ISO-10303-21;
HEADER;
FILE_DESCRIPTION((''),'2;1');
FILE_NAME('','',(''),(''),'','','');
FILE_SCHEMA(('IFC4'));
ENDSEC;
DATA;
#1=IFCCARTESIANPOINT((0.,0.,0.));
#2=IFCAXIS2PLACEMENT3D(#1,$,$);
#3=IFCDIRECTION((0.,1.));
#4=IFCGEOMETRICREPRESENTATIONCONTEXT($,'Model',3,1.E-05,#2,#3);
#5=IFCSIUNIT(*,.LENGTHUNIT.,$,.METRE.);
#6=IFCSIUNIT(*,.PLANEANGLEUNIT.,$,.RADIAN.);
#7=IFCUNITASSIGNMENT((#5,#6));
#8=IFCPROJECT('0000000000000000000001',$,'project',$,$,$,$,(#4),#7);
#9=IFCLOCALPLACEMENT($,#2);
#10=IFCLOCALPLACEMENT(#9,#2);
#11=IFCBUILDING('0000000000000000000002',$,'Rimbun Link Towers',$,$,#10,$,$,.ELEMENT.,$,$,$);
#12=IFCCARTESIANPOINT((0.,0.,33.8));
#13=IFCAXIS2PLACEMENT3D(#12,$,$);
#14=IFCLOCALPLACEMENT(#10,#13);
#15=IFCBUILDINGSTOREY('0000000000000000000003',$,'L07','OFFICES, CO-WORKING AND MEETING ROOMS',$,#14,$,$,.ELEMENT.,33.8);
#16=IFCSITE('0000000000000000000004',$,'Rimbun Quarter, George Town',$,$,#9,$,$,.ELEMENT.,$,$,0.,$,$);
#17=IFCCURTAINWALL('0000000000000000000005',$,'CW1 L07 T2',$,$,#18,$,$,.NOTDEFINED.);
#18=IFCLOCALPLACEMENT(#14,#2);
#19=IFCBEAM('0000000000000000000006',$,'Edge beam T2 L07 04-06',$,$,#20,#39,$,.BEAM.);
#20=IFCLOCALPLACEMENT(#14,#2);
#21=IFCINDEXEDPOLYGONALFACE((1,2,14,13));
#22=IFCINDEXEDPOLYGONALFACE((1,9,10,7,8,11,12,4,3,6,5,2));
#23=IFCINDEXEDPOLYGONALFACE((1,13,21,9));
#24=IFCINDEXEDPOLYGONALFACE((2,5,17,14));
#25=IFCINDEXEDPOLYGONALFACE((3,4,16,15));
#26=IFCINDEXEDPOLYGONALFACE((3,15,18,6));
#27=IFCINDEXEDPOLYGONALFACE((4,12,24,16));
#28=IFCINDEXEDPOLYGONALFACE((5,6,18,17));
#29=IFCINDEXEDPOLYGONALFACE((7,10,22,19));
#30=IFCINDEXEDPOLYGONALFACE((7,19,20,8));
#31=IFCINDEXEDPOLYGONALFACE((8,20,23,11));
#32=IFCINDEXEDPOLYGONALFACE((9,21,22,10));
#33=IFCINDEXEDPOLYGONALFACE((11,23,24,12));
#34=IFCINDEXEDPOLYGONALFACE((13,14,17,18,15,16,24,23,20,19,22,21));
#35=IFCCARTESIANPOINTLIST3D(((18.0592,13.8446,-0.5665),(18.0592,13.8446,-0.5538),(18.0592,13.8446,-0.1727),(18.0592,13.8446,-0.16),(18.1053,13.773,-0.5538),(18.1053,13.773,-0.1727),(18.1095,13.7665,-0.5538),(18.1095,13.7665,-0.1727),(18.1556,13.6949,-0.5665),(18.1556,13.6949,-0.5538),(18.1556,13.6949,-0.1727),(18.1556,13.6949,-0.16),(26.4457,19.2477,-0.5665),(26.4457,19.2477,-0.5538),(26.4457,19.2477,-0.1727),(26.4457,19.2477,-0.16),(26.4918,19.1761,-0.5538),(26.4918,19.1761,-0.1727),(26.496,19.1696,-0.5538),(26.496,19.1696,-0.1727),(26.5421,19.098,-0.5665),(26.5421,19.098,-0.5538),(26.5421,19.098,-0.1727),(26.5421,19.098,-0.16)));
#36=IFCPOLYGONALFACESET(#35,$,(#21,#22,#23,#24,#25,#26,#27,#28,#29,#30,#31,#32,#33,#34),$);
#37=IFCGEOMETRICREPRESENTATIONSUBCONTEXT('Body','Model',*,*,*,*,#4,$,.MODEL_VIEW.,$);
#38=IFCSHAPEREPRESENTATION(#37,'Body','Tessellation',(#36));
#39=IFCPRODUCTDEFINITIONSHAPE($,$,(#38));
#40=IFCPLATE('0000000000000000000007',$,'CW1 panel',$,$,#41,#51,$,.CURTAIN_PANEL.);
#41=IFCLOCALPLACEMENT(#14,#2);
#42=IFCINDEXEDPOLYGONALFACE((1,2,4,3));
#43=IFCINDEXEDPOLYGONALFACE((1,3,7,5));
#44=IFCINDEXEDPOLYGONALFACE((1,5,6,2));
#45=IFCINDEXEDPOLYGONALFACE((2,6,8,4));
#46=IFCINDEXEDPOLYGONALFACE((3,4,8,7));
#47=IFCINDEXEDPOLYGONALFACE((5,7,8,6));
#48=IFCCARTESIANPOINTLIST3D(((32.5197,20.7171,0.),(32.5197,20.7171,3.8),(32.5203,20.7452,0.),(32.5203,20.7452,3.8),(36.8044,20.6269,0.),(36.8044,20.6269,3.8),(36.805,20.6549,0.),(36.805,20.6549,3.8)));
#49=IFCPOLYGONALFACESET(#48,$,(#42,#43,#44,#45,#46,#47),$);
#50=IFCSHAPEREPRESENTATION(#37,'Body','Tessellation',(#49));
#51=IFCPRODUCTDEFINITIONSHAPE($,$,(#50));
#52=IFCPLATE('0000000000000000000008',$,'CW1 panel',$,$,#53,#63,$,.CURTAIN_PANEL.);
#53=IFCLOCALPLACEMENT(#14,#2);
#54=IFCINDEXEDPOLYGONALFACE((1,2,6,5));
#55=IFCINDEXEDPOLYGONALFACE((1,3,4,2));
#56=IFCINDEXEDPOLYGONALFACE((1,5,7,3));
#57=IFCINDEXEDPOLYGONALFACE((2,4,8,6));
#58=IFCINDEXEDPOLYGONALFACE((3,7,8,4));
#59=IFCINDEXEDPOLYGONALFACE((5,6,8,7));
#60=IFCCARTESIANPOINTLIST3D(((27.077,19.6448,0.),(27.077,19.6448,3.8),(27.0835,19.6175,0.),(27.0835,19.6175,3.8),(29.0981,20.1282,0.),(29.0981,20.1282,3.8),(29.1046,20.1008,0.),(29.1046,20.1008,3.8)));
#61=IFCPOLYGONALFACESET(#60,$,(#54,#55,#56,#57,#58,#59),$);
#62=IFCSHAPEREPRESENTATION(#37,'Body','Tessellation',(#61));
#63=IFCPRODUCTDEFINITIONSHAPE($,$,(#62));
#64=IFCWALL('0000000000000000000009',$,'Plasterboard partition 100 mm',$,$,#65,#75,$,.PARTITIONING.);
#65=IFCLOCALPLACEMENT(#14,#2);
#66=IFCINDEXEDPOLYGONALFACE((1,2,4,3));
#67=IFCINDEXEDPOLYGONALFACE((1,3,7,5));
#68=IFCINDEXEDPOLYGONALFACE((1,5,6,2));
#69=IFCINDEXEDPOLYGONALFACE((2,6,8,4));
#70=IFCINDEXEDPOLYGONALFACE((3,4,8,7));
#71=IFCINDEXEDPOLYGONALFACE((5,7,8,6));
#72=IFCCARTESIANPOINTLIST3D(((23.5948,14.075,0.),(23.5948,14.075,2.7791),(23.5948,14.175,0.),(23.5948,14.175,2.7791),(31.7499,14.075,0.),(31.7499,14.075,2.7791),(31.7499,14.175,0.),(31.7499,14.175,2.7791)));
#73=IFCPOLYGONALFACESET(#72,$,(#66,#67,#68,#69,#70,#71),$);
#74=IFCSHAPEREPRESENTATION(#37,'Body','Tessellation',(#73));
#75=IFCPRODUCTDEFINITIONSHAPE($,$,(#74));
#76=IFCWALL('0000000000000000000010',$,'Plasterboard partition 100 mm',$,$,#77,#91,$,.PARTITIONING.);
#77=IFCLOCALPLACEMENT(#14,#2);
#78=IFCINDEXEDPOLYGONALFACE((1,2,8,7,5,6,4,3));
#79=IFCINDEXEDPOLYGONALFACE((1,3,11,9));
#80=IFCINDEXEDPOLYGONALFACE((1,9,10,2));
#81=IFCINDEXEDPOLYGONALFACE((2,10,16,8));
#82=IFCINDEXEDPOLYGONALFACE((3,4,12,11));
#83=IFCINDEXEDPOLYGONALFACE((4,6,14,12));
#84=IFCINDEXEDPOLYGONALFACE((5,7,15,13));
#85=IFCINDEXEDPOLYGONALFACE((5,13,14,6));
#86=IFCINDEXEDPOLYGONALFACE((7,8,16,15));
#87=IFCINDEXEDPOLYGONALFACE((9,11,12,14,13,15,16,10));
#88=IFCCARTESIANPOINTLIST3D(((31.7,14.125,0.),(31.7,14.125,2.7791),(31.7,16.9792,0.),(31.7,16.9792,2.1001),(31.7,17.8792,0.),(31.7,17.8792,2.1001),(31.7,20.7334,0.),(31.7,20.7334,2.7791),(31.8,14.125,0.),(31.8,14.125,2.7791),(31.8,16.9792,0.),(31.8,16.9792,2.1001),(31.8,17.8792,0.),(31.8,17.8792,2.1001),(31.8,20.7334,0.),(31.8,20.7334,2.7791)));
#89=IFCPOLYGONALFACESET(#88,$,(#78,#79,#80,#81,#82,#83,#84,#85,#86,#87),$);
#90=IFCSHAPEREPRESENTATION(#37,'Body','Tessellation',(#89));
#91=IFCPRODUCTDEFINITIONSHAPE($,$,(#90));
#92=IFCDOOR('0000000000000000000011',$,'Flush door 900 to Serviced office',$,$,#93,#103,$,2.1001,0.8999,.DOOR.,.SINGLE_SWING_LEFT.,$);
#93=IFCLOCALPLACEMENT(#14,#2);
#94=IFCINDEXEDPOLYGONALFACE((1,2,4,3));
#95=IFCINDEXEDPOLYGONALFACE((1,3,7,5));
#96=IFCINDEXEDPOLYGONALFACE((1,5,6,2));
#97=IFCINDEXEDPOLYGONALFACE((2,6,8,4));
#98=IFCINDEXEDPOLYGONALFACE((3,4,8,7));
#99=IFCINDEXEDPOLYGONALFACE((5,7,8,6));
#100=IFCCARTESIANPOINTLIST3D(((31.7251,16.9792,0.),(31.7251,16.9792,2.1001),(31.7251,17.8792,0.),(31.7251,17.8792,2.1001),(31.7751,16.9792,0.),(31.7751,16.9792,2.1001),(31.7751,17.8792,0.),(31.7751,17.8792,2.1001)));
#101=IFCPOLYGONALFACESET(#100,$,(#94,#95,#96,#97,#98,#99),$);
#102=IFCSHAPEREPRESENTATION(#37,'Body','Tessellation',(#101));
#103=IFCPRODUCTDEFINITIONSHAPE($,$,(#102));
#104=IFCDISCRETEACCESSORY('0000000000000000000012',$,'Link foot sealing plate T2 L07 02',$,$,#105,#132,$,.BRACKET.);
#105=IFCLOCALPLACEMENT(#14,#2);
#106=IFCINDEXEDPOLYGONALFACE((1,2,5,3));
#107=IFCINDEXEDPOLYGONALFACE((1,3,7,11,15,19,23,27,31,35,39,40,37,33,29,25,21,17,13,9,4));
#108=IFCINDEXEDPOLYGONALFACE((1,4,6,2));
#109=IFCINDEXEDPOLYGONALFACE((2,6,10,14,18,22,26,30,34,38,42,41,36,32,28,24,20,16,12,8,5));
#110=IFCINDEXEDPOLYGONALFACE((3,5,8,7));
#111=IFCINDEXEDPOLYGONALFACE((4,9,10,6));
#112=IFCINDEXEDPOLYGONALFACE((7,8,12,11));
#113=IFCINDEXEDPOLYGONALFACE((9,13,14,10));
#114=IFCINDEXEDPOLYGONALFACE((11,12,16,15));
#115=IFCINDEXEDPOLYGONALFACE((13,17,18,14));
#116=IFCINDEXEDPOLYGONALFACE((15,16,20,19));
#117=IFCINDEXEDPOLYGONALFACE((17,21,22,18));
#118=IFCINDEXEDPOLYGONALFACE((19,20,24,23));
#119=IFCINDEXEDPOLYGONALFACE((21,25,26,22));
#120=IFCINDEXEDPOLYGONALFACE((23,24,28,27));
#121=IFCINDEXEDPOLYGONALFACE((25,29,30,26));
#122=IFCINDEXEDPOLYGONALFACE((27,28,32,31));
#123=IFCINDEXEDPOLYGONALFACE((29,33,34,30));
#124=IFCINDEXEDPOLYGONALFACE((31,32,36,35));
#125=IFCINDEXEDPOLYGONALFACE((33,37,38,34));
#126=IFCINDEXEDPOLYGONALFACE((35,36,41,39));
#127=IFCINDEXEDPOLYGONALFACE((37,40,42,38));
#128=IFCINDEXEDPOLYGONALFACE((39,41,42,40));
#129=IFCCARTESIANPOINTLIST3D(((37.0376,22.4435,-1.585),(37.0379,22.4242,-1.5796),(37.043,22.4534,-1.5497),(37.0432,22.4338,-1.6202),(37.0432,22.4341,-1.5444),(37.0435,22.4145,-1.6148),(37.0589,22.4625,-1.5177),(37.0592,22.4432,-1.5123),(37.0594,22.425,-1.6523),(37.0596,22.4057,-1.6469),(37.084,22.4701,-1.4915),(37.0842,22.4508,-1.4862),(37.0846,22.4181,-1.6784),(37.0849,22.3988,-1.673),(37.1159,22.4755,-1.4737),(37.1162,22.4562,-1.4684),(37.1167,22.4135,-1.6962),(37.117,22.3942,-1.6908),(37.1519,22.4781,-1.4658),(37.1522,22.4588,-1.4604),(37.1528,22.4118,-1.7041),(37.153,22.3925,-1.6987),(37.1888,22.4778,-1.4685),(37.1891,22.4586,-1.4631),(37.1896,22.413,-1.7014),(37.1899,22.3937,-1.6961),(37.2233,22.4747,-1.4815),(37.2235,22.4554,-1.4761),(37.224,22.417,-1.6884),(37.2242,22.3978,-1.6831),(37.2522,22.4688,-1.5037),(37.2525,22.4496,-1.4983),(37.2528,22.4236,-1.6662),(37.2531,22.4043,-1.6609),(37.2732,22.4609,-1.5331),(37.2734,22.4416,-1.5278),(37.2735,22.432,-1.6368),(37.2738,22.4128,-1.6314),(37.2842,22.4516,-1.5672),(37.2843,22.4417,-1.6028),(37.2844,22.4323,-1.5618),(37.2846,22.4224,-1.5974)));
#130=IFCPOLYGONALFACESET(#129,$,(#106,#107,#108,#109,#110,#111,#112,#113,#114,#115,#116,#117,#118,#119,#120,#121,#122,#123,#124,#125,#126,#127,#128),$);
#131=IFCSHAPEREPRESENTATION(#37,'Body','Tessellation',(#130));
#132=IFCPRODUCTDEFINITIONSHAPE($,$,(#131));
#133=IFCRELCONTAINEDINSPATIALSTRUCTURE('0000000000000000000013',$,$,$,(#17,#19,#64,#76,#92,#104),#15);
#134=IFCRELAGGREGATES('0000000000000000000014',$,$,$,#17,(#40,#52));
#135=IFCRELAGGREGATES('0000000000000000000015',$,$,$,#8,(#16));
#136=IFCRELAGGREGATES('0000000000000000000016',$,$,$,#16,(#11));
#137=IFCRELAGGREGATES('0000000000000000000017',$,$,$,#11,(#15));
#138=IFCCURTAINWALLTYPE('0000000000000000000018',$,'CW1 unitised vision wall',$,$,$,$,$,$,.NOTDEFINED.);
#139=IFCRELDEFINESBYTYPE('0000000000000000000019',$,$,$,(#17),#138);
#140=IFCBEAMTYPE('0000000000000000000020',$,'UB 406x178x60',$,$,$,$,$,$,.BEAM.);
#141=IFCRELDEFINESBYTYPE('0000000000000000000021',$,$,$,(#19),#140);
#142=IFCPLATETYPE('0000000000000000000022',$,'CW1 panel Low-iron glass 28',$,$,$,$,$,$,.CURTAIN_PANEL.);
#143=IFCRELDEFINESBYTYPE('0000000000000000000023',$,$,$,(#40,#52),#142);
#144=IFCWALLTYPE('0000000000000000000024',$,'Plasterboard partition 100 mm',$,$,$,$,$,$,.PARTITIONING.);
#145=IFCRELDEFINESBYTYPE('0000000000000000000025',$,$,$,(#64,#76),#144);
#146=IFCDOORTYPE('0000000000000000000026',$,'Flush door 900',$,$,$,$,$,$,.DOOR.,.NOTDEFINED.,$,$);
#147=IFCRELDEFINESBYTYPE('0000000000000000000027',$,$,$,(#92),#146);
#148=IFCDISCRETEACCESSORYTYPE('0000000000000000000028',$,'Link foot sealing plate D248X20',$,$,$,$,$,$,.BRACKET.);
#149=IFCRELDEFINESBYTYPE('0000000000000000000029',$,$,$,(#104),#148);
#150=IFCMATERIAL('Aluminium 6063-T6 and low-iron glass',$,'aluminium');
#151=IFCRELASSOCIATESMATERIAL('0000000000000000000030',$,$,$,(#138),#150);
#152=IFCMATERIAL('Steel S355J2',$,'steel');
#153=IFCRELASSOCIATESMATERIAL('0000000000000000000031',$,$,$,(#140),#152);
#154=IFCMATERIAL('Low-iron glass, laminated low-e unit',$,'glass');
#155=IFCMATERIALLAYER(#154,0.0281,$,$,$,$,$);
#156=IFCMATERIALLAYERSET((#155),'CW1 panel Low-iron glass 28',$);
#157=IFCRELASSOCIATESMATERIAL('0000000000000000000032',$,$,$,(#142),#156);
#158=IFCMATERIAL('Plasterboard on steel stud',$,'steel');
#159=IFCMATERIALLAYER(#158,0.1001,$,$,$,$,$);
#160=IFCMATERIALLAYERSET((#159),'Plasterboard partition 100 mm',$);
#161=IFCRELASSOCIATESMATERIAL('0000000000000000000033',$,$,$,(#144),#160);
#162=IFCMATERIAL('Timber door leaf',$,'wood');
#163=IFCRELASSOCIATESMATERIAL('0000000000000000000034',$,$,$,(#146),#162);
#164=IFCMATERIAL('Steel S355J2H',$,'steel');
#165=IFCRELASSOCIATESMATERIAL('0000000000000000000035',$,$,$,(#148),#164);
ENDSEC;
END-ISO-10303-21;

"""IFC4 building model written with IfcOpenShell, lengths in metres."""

from ifc_helpers import new_model, si_unit, direction, frame, frame_2d, origin, origin_2d, place, context, subcontext, project, spatial, rectangle, circle, i_section, extrude, material, layer, layer_set, material_profile, profile_set, type_object, element, fill, aggregate, save


model = new_model("IFC4")

# Units and contexts
model_context = context("Model", 3, precision=1e-05, world=origin(), true_north=direction((0.0, 1.0)))
body_context = subcontext(model_context, "Body", "Model", "MODEL_VIEW")
ifc_project = project(units=[si_unit("LENGTHUNIT", "METRE"), si_unit("PLANEANGLEUNIT", "RADIAN")], contexts=[model_context])

# Site, building, storey
site_placement = place(None, origin())
site = spatial("IfcSite", under=ifc_project, at=site_placement, Name="Rimbun Quarter, George Town", CompositionType="ELEMENT", RefElevation=0.0)
building_placement = place(site_placement, origin())
building = spatial("IfcBuilding", under=site, at=building_placement, Name="Rimbun Link Towers", CompositionType="ELEMENT")
storey_placement = place(building_placement, frame((0.0, 0.0, 33.8)))
storey = spatial("IfcBuildingStorey", under=building, at=storey_placement, Name="L07", Description="OFFICES, CO-WORKING AND MEETING ROOMS", CompositionType="ELEMENT", Elevation=33.8)

# Curtain wall
ifc_material_1 = material(Name="Aluminium 6063-T6 and low-iron glass", Category="aluminium")
curtain_wall_type = type_object("IfcCurtainWallType", Name="CW1 unitised vision wall", PredefinedType="NOTDEFINED", material=ifc_material_1)
curtain_wall_placement = place(storey_placement, origin())
curtain_wall = element("IfcCurtainWall", 1, at=curtain_wall_placement, inside=storey, type_object=curtain_wall_type, Name="CW1 L07 T2", PredefinedType="NOTDEFINED")

# Beam
ifc_material_2 = material(Name="Steel S355J2", Category="steel")
ifc_material_profile_1 = material_profile(ifc_material_2, i_section(OverallWidth=0.178, OverallDepth=0.4065, WebThickness=0.0078, FlangeThickness=0.0127, at=origin_2d()), Name="UB 406x178x60")
ifc_profile_set_1 = profile_set([ifc_material_profile_1], Name="Steel S355J2")
beam_type = type_object("IfcBeamType", Name="UB 406x178x60", PredefinedType="BEAM", material=ifc_profile_set_1)
beam_placement = place(storey_placement, frame((26.4939, 19.1729, -0.3633), z_axis=(-0.840641, -0.541592, 0.0), x_axis=(0.541592, -0.840641, 0.0)))
element("IfcBeam", 2, at=beam_placement, inside=storey, type_object=beam_type, Name="Edge beam T2 L07 04-06", PredefinedType="BEAM", context=body_context, shape_type="SweptSolid", body=[
    extrude(i_section(OverallWidth=0.178, OverallDepth=0.4065, WebThickness=0.0078, FlangeThickness=0.0127, at=origin_2d()), origin(), (0.0, 0.0, 1.0), 9.9763),
])

# Plates
ifc_material_3 = material(Name="Low-iron glass, laminated low-e unit", Category="glass")
ifc_layer_1 = layer(ifc_material_3, 0.0281)
ifc_layer_set_1 = layer_set([ifc_layer_1], Name="CW1 panel Low-iron glass 28")
plate_type = type_object("IfcPlateType", Name="CW1 panel Low-iron glass 28", PredefinedType="CURTAIN_PANEL", material=ifc_layer_set_1)
plate_1_placement = place(storey_placement, frame((34.6624, 20.686, 0.0), z_axis=(0.0, 0.0, 1.0), x_axis=(0.999778, -0.021066, 0.0)))
plate_1 = element("IfcPlate", 3, at=plate_1_placement, type_object=plate_type, Name="CW1 panel", PredefinedType="CURTAIN_PANEL", context=body_context, shape_type="SweptSolid", body=[
    extrude(rectangle(XDim=4.2856, YDim=0.0281, at=origin_2d()), origin(), (0.0, 0.0, 1.0), 3.8),
])
plate_2_placement = place(storey_placement, frame((28.0908, 19.8728, 0.0), z_axis=(0.0, 0.0, 1.0), x_axis=(0.972569, 0.232613, 0.0)))
plate_2 = element("IfcPlate", 4, at=plate_2_placement, type_object=plate_type, Name="CW1 panel", PredefinedType="CURTAIN_PANEL", context=body_context, shape_type="SweptSolid", body=[
    extrude(rectangle(XDim=2.0781, YDim=0.0281, at=origin_2d()), origin(), (0.0, 0.0, 1.0), 3.8),
])
aggregate(curtain_wall, [plate_1, plate_2])

# Wall
ifc_material_4 = material(Name="Plasterboard on steel stud", Category="steel")
ifc_layer_2 = layer(ifc_material_4, 0.1001)
ifc_layer_set_2 = layer_set([ifc_layer_2], Name="Plasterboard partition 100 mm")
wall_type = type_object("IfcWallType", Name="Plasterboard partition 100 mm", PredefinedType="PARTITIONING", material=ifc_layer_set_2)
wall_1_placement = place(storey_placement, frame((31.75, 14.125, 0.0), z_axis=(0.0, 0.0, 1.0), x_axis=(-1.0, 0.0, 0.0)))
element("IfcWall", 5, at=wall_1_placement, inside=storey, type_object=wall_type, Name="Plasterboard partition 100 mm", PredefinedType="PARTITIONING", context=body_context, shape_type="SweptSolid", body=[
    extrude(rectangle(XDim=8.155, YDim=0.1001, at=frame_2d((4.0776, 0.0))), origin(), (0.0, 0.0, 1.0), 2.7791),
])

# Wall, opening, door
wall_2_placement = place(storey_placement, frame((31.75, 14.125, 0.0), z_axis=(0.0, 0.0, 1.0), x_axis=(0.0, 1.0, 0.0)))
wall_2 = element("IfcWall", 6, at=wall_2_placement, inside=storey, type_object=wall_type, Name="Plasterboard partition 100 mm", PredefinedType="PARTITIONING", context=body_context, shape_type="SweptSolid", body=[
    extrude(rectangle(XDim=6.6084, YDim=0.1001, at=frame_2d((3.3042, 0.0))), origin(), (0.0, 0.0, 1.0), 2.7791),
])
opening_placement = place(wall_2_placement, frame((2.8542, 0.0, 0.0)))
opening = element("IfcOpeningElement", 7, at=opening_placement, cuts=wall_2, PredefinedType="OPENING", context=body_context, shape_type="SweptSolid", body=[
    extrude(rectangle(XDim=0.8999, YDim=2.1001, at=frame_2d((0.45, 1.05))), frame((0.0, 0.0601, 0.0), z_axis=(0.0, -1.0, 0.0), x_axis=(1.0, 0.0, 0.0)), (0.0, 0.0, 1.0), 0.1201),
])
ifc_material_5 = material(Name="Timber door leaf", Category="wood")
door_type = type_object("IfcDoorType", Name="Flush door 900", OperationType="NOTDEFINED", PredefinedType="DOOR", material=ifc_material_5)
door_placement = place(opening_placement, origin())
door = element("IfcDoor", 8, at=door_placement, inside=storey, type_object=door_type, Name="Flush door 900 to Serviced office", OperationType="SINGLE_SWING_LEFT", OverallHeight=2.1001, OverallWidth=0.8999, PredefinedType="DOOR", context=body_context, shape_type="SweptSolid", body=[
    extrude(rectangle(XDim=0.8999, YDim=2.1001, at=frame_2d((0.45, 1.05))), frame((0.0, 0.0249, 0.0), z_axis=(0.0, -1.0, 0.0), x_axis=(1.0, 0.0, 0.0)), (0.0, 0.0, 1.0), 0.05),
])
fill(opening, door)

# Discrete accessory
ifc_material_6 = material(Name="Steel S355J2H", Category="steel")
ifc_material_profile_2 = material_profile(ifc_material_6, circle(Radius=0.124, at=origin_2d()), Name="PL D248")
ifc_profile_set_2 = profile_set([ifc_material_profile_2], Name="Steel S355J2H")
discrete_accessory_type = type_object("IfcDiscreteAccessoryType", Name="Link foot sealing plate D248X20", PredefinedType="BRACKET", material=ifc_profile_set_2)
discrete_accessory_placement = place(storey_placement, frame((37.1619, 22.4258, -1.5796), z_axis=(-0.012193, 0.963271, -0.268253), x_axis=(-0.99992, -0.012657, 0.0)))
element("IfcDiscreteAccessory", 9, at=discrete_accessory_placement, inside=storey, type_object=discrete_accessory_type, Name="Link foot sealing plate T2 L07 02", PredefinedType="BRACKET", context=body_context, shape_type="SweptSolid", body=[
    extrude(circle(Radius=0.124, at=origin_2d()), origin(), (0.0, 0.0, 1.0), 0.02),
])

save(model, "model.ifc")
